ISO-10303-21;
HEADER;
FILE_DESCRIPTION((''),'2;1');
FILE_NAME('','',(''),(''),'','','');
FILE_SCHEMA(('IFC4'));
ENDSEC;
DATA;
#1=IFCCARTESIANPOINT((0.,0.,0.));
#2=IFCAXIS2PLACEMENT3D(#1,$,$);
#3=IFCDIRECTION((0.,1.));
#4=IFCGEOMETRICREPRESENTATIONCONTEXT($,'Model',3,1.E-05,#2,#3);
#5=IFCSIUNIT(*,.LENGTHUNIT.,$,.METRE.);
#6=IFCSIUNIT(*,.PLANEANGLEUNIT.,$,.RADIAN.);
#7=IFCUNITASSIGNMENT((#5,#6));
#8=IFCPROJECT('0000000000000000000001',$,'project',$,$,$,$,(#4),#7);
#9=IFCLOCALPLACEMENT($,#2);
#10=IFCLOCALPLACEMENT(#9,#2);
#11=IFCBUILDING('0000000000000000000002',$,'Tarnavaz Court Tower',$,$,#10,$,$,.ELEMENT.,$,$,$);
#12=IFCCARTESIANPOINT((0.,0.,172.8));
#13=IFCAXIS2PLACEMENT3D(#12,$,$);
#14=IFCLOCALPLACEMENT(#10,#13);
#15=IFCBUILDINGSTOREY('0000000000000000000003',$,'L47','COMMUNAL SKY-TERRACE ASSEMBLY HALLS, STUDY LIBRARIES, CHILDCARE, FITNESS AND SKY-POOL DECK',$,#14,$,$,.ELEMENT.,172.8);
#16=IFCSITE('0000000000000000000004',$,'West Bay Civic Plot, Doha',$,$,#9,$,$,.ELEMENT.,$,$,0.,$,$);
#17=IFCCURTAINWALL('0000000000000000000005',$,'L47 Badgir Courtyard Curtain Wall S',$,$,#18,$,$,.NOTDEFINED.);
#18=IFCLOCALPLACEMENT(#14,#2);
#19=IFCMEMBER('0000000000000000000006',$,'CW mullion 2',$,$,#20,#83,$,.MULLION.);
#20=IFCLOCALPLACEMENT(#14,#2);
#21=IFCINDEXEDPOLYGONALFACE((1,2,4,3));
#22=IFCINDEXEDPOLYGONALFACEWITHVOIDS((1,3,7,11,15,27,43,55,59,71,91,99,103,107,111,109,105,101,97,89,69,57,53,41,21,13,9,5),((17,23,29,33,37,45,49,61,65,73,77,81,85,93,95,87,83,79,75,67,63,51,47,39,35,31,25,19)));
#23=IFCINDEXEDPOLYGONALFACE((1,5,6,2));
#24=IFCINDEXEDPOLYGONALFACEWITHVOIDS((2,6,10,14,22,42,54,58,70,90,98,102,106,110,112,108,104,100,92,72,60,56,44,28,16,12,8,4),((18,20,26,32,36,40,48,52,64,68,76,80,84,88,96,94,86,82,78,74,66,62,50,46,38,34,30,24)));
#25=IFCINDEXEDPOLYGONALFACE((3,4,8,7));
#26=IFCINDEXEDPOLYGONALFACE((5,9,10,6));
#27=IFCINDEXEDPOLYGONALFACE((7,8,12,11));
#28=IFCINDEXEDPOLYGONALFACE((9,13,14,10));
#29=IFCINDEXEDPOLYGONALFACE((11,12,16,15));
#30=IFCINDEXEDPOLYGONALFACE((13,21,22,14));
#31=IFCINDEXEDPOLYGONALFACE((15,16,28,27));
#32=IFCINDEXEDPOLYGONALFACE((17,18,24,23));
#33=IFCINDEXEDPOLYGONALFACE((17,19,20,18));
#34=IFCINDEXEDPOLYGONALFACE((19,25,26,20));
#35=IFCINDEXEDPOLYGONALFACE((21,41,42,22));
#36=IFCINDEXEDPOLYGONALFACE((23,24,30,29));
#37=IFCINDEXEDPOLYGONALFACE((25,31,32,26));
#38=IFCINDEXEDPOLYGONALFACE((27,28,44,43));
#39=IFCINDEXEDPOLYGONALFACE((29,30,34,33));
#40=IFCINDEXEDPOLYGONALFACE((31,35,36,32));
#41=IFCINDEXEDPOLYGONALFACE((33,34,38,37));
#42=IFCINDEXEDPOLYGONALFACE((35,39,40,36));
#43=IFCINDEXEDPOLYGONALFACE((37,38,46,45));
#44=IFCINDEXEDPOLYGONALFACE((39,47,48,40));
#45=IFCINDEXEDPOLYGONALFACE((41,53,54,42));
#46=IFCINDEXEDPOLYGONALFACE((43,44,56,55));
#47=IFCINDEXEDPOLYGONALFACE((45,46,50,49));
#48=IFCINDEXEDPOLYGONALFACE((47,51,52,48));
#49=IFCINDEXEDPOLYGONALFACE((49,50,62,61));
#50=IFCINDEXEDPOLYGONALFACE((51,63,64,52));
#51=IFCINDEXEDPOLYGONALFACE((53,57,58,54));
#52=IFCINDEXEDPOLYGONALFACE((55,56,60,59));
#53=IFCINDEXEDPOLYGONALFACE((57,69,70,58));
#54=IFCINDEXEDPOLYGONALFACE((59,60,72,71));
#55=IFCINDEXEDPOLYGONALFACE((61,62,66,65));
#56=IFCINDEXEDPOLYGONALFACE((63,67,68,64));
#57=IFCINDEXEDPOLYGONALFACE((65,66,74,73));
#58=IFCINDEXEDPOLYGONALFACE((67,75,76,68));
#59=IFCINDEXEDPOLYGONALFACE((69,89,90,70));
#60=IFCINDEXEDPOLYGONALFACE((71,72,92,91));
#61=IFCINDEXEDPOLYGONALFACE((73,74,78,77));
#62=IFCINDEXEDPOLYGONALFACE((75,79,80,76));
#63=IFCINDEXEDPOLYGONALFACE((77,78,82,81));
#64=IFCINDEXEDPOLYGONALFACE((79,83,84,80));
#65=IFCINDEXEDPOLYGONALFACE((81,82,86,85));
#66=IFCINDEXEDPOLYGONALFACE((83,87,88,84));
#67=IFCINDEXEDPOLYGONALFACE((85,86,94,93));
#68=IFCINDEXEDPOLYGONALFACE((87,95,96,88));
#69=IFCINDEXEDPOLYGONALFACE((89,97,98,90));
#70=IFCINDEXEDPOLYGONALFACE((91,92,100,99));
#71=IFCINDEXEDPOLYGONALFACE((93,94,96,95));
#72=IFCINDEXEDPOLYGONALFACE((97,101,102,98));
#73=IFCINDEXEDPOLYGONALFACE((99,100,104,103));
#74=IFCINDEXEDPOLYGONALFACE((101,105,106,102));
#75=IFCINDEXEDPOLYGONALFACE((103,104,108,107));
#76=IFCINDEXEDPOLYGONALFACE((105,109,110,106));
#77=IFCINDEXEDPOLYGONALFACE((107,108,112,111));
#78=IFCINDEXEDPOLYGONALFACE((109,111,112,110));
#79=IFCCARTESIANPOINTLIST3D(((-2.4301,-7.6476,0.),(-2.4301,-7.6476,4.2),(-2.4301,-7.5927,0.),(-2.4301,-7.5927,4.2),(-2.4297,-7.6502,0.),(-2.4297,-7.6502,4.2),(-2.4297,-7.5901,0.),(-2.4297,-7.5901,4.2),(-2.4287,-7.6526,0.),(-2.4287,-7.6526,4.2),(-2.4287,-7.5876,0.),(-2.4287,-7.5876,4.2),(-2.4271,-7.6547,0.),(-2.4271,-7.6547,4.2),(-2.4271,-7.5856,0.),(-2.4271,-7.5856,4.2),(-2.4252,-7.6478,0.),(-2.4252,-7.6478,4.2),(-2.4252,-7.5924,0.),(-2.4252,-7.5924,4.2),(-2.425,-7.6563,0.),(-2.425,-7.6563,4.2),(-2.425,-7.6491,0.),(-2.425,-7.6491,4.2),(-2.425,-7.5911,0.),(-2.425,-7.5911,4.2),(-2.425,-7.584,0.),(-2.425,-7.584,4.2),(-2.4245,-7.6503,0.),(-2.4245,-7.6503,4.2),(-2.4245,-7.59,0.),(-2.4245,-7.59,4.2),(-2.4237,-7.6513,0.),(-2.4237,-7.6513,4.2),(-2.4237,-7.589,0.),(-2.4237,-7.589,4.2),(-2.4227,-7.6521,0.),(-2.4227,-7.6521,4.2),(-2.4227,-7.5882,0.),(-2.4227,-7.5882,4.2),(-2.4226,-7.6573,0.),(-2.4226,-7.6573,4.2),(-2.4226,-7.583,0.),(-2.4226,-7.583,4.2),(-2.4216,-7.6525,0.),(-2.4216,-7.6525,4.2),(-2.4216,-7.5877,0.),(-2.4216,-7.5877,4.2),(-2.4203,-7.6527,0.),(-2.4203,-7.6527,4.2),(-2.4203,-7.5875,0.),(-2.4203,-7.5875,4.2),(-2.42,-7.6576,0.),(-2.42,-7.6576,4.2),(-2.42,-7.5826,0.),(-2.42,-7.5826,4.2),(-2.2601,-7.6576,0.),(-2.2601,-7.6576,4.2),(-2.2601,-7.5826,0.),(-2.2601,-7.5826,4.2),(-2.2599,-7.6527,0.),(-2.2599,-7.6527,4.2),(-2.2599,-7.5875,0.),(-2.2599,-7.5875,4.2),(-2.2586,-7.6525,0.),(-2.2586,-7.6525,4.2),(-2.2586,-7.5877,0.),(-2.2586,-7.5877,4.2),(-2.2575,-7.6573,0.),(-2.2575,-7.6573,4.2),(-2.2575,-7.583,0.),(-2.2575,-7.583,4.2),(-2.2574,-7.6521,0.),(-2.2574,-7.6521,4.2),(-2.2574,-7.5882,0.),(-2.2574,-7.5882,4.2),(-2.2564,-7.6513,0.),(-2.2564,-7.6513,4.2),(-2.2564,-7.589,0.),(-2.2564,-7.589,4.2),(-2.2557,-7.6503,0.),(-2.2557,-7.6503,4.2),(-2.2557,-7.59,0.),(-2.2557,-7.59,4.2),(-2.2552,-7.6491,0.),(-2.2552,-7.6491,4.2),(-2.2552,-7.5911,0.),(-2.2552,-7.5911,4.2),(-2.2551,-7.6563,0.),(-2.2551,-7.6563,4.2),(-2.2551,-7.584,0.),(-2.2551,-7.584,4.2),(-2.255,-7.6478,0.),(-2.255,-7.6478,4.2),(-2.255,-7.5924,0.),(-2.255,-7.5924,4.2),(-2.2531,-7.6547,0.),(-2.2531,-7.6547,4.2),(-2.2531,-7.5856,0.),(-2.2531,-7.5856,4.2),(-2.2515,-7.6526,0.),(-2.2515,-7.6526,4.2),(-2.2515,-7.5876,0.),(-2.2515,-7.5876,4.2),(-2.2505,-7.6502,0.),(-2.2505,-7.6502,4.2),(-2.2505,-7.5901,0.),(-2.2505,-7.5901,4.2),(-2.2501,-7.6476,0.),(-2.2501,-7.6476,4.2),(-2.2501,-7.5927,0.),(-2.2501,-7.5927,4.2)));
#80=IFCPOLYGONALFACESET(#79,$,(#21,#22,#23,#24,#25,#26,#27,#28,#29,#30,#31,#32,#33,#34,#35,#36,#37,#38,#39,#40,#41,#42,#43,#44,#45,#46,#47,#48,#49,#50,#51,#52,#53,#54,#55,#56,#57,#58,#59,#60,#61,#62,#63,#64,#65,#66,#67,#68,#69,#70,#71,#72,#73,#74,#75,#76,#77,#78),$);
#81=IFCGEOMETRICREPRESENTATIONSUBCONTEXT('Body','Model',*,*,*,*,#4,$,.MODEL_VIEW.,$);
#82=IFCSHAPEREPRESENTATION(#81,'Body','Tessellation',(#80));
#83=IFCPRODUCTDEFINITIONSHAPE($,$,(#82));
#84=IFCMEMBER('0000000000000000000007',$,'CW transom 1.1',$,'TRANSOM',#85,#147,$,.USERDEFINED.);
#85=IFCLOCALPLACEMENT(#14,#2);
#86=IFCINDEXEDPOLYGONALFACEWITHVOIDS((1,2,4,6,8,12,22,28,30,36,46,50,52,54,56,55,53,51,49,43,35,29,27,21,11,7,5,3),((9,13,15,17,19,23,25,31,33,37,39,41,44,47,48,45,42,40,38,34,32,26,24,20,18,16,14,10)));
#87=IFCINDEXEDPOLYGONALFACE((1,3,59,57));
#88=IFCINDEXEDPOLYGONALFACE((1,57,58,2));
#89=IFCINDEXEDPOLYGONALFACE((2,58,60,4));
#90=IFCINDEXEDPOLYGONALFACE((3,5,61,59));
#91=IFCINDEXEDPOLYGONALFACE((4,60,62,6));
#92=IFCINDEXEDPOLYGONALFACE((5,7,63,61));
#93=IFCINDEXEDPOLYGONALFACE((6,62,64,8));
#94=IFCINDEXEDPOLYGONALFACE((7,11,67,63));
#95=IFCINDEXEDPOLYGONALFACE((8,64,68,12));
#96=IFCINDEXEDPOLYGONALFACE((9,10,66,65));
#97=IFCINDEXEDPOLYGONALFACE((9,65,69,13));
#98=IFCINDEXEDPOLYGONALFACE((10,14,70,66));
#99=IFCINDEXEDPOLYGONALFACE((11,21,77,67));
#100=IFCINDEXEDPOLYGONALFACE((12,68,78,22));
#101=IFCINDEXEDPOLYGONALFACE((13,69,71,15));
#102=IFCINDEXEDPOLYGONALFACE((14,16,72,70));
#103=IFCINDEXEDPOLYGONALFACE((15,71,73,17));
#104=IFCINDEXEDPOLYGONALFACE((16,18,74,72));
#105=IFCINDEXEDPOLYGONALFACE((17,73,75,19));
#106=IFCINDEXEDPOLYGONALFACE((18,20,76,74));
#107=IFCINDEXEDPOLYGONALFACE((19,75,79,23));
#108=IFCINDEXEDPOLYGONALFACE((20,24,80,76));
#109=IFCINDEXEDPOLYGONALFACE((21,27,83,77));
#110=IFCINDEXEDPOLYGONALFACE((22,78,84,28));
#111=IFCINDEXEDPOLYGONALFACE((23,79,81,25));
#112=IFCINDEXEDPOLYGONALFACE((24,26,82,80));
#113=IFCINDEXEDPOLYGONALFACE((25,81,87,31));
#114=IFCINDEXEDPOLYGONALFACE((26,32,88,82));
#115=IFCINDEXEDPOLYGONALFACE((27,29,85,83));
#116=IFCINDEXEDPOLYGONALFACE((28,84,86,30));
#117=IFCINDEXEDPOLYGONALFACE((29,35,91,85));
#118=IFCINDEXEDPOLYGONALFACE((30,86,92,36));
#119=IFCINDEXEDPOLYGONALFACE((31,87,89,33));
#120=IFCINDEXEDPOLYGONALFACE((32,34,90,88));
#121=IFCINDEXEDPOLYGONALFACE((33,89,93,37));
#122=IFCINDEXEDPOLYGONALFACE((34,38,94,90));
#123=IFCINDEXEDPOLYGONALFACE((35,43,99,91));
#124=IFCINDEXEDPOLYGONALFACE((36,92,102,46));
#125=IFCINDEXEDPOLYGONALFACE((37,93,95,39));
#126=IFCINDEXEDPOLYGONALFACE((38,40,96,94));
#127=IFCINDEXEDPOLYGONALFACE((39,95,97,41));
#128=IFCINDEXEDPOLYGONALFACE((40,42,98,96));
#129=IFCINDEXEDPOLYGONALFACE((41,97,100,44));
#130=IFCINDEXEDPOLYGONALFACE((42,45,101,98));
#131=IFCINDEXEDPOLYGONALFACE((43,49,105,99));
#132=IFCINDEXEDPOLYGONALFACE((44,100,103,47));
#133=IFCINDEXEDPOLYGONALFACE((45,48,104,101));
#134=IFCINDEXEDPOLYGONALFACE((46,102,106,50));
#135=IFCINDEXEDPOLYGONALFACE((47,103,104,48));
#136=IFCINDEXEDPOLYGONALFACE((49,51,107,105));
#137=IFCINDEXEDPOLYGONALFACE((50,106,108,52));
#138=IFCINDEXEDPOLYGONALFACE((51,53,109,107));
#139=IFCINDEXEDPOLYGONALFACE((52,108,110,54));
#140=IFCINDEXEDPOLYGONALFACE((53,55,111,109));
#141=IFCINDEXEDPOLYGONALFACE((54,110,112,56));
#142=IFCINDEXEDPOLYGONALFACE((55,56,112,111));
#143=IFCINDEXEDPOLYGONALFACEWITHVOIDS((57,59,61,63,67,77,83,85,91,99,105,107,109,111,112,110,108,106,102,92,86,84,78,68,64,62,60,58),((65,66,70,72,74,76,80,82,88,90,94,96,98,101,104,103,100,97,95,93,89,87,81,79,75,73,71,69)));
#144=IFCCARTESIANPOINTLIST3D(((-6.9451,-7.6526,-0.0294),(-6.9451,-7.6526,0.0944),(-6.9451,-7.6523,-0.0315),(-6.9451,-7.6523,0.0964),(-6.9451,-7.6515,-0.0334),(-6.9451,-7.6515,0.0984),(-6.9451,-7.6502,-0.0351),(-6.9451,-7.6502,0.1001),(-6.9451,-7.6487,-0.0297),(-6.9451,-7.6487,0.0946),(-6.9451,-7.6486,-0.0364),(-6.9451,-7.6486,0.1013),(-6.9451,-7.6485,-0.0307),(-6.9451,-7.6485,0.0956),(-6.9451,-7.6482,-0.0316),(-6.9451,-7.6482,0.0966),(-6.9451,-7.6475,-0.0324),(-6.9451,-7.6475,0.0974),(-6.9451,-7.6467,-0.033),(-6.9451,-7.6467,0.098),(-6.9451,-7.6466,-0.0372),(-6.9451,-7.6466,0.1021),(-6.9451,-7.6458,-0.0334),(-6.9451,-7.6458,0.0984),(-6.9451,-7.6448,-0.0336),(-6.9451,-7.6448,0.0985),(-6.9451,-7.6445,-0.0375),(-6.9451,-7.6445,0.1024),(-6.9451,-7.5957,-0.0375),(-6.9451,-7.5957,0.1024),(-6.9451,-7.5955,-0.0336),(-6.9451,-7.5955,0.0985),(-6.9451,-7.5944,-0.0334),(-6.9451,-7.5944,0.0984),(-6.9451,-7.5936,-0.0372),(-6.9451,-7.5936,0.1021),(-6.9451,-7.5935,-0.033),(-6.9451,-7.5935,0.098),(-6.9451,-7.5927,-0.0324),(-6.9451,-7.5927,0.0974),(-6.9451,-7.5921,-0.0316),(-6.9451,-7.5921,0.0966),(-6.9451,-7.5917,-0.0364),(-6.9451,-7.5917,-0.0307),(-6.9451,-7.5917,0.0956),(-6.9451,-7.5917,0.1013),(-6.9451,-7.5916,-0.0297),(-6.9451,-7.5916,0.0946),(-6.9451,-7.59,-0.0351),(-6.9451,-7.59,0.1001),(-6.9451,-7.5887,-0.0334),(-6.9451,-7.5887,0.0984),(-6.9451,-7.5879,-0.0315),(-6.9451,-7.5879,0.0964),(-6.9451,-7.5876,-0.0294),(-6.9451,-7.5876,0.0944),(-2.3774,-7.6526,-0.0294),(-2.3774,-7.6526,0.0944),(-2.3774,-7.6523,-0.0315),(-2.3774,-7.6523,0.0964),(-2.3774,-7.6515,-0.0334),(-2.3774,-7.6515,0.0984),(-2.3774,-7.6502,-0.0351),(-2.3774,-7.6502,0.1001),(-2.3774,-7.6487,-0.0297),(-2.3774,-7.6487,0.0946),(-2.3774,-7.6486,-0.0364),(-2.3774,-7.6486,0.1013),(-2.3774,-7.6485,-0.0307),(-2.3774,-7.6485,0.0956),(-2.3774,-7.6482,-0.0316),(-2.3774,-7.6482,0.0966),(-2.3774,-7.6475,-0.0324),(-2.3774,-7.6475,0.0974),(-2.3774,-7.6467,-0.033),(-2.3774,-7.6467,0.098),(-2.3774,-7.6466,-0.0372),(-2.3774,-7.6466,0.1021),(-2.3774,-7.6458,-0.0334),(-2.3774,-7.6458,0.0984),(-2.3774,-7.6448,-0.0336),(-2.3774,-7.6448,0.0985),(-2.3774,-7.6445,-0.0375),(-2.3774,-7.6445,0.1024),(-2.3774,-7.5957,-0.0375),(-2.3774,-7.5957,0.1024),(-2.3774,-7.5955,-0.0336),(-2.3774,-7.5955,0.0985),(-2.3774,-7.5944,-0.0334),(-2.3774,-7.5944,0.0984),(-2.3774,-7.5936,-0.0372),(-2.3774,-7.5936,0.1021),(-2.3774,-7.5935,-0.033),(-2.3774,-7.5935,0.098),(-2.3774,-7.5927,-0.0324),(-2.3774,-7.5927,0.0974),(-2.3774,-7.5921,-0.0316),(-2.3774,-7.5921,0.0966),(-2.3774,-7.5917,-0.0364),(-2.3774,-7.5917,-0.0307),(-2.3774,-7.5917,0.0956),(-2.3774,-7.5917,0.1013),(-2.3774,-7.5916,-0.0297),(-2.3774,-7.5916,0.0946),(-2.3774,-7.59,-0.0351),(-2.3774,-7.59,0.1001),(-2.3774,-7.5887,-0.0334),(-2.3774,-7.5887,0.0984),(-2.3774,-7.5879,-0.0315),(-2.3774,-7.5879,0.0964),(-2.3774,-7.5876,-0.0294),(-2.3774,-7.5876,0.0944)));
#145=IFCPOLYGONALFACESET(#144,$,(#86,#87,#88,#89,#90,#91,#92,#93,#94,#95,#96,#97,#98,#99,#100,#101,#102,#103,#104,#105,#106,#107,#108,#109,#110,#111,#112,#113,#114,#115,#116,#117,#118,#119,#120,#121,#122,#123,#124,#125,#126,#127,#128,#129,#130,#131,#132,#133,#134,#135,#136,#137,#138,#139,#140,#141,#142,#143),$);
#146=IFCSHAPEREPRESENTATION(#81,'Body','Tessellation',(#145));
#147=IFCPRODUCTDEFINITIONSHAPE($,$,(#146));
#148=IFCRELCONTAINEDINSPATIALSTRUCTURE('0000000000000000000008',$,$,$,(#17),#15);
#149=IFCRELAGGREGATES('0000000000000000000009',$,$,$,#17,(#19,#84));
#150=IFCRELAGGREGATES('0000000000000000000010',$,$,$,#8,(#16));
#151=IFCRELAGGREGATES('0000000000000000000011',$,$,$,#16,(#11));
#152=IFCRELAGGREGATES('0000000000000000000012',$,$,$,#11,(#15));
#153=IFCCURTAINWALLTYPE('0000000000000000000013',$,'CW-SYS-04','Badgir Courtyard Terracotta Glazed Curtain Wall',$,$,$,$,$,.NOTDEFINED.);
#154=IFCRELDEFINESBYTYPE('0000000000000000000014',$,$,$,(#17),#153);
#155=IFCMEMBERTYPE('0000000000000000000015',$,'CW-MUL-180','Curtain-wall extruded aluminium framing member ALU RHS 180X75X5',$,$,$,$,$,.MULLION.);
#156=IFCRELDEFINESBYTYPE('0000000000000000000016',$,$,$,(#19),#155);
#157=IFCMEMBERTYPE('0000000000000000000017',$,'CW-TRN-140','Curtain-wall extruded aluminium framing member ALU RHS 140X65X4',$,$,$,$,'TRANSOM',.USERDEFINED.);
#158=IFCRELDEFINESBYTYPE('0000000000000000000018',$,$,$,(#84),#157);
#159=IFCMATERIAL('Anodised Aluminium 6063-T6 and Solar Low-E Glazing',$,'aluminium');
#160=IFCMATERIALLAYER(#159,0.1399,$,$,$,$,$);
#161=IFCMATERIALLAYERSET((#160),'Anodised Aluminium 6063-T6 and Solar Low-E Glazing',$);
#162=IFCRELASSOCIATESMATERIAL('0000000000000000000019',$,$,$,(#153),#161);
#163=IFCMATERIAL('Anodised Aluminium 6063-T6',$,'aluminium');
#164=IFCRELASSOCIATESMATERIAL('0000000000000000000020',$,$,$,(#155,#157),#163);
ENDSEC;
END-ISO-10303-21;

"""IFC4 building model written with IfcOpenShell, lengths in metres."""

from ifc_helpers import new_model, si_unit, direction, frame, origin, origin_2d, place, context, subcontext, project, spatial, hollow_rectangle, extrude, material, layer, layer_set, material_profile, profile_set, type_object, element, aggregate, save


model = new_model("IFC4")

# Units and contexts
model_context = context("Model", 3, precision=1e-05, world=origin(), true_north=direction((0.0, 1.0)))
body_context = subcontext(model_context, "Body", "Model", "MODEL_VIEW")
ifc_project = project(units=[si_unit("LENGTHUNIT", "METRE"), si_unit("PLANEANGLEUNIT", "RADIAN")], contexts=[model_context])

# Site, building, storey
site_placement = place(None, origin())
site = spatial("IfcSite", under=ifc_project, at=site_placement, Name="West Bay Civic Plot, Doha", CompositionType="ELEMENT", RefElevation=0.0)
building_placement = place(site_placement, origin())
building = spatial("IfcBuilding", under=site, at=building_placement, Name="Tarnavaz Court Tower", CompositionType="ELEMENT")
storey_placement = place(building_placement, frame((0.0, 0.0, 172.8)))
storey = spatial("IfcBuildingStorey", under=building, at=storey_placement, Name="L47", Description="COMMUNAL SKY-TERRACE ASSEMBLY HALLS, STUDY LIBRARIES, CHILDCARE, FITNESS AND SKY-POOL DECK", CompositionType="ELEMENT", Elevation=172.8)

# Curtain wall, members
ifc_material_1 = material(Name="Anodised Aluminium 6063-T6 and Solar Low-E Glazing", Category="aluminium")
ifc_layer_1 = layer(ifc_material_1, 0.1399)
ifc_layer_set_1 = layer_set([ifc_layer_1], Name="Anodised Aluminium 6063-T6 and Solar Low-E Glazing")
curtain_wall_type = type_object("IfcCurtainWallType", Name="CW-SYS-04", Description="Badgir Courtyard Terracotta Glazed Curtain Wall", PredefinedType="NOTDEFINED", material=ifc_layer_set_1)
curtain_wall_placement = place(storey_placement, origin())
curtain_wall = element("IfcCurtainWall", 1, at=curtain_wall_placement, inside=storey, type_object=curtain_wall_type, Name="L47 Badgir Courtyard Curtain Wall S", PredefinedType="NOTDEFINED")
ifc_material_2 = material(Name="Anodised Aluminium 6063-T6", Category="aluminium")
ifc_material_profile_1 = material_profile(ifc_material_2, hollow_rectangle(XDim=0.075, YDim=0.1799, WallThickness=0.0049, InnerFilletRadius=0.0049, OuterFilletRadius=0.01, at=origin_2d()), Name="ALU RHS 180X75X5")
ifc_profile_set_1 = profile_set([ifc_material_profile_1], Name="Anodised Aluminium 6063-T6")
member_type_1 = type_object("IfcMemberType", Name="CW-MUL-180", Description="Curtain-wall extruded aluminium framing member ALU RHS 180X75X5", PredefinedType="MULLION", material=ifc_profile_set_1)
member_1_placement = place(storey_placement, frame((-2.3401, -7.6201, 0.0), z_axis=(0.0, 0.0, 1.0), x_axis=(0.0, 1.0, 0.0)))
member_1 = element("IfcMember", 2, at=member_1_placement, type_object=member_type_1, Name="CW mullion 2", PredefinedType="MULLION", context=body_context, shape_type="SweptSolid", body=[
    extrude(hollow_rectangle(XDim=0.075, YDim=0.1799, WallThickness=0.0049, InnerFilletRadius=0.0049, OuterFilletRadius=0.01, at=origin_2d()), origin(), (0.0, 0.0, 1.0), 4.2),
])
ifc_material_profile_2 = material_profile(ifc_material_2, hollow_rectangle(XDim=0.0649, YDim=0.1399, WallThickness=0.0039, InnerFilletRadius=0.0039, OuterFilletRadius=0.0081, at=origin_2d()), Name="ALU RHS 140X65X4")
ifc_profile_set_2 = profile_set([ifc_material_profile_2], Name="Anodised Aluminium 6063-T6")
member_type_2 = type_object("IfcMemberType", Name="CW-TRN-140", Description="Curtain-wall extruded aluminium framing member ALU RHS 140X65X4", ElementType="TRANSOM", PredefinedType="USERDEFINED", material=ifc_profile_set_2)
member_2_placement = place(storey_placement, frame((-6.9451, -7.6201, 0.0325), z_axis=(1.0, 0.0, 0.0), x_axis=(0.0, 1.0, 0.0)))
member_2 = element("IfcMember", 3, at=member_2_placement, type_object=member_type_2, Name="CW transom 1.1", ObjectType="TRANSOM", PredefinedType="USERDEFINED", context=body_context, shape_type="SweptSolid", body=[
    extrude(hollow_rectangle(XDim=0.0649, YDim=0.1399, WallThickness=0.0039, InnerFilletRadius=0.0039, OuterFilletRadius=0.0081, at=origin_2d()), origin(), (0.0, 0.0, 1.0), 4.5676),
])
aggregate(curtain_wall, [member_1, member_2])

save(model, "model.ifc")
